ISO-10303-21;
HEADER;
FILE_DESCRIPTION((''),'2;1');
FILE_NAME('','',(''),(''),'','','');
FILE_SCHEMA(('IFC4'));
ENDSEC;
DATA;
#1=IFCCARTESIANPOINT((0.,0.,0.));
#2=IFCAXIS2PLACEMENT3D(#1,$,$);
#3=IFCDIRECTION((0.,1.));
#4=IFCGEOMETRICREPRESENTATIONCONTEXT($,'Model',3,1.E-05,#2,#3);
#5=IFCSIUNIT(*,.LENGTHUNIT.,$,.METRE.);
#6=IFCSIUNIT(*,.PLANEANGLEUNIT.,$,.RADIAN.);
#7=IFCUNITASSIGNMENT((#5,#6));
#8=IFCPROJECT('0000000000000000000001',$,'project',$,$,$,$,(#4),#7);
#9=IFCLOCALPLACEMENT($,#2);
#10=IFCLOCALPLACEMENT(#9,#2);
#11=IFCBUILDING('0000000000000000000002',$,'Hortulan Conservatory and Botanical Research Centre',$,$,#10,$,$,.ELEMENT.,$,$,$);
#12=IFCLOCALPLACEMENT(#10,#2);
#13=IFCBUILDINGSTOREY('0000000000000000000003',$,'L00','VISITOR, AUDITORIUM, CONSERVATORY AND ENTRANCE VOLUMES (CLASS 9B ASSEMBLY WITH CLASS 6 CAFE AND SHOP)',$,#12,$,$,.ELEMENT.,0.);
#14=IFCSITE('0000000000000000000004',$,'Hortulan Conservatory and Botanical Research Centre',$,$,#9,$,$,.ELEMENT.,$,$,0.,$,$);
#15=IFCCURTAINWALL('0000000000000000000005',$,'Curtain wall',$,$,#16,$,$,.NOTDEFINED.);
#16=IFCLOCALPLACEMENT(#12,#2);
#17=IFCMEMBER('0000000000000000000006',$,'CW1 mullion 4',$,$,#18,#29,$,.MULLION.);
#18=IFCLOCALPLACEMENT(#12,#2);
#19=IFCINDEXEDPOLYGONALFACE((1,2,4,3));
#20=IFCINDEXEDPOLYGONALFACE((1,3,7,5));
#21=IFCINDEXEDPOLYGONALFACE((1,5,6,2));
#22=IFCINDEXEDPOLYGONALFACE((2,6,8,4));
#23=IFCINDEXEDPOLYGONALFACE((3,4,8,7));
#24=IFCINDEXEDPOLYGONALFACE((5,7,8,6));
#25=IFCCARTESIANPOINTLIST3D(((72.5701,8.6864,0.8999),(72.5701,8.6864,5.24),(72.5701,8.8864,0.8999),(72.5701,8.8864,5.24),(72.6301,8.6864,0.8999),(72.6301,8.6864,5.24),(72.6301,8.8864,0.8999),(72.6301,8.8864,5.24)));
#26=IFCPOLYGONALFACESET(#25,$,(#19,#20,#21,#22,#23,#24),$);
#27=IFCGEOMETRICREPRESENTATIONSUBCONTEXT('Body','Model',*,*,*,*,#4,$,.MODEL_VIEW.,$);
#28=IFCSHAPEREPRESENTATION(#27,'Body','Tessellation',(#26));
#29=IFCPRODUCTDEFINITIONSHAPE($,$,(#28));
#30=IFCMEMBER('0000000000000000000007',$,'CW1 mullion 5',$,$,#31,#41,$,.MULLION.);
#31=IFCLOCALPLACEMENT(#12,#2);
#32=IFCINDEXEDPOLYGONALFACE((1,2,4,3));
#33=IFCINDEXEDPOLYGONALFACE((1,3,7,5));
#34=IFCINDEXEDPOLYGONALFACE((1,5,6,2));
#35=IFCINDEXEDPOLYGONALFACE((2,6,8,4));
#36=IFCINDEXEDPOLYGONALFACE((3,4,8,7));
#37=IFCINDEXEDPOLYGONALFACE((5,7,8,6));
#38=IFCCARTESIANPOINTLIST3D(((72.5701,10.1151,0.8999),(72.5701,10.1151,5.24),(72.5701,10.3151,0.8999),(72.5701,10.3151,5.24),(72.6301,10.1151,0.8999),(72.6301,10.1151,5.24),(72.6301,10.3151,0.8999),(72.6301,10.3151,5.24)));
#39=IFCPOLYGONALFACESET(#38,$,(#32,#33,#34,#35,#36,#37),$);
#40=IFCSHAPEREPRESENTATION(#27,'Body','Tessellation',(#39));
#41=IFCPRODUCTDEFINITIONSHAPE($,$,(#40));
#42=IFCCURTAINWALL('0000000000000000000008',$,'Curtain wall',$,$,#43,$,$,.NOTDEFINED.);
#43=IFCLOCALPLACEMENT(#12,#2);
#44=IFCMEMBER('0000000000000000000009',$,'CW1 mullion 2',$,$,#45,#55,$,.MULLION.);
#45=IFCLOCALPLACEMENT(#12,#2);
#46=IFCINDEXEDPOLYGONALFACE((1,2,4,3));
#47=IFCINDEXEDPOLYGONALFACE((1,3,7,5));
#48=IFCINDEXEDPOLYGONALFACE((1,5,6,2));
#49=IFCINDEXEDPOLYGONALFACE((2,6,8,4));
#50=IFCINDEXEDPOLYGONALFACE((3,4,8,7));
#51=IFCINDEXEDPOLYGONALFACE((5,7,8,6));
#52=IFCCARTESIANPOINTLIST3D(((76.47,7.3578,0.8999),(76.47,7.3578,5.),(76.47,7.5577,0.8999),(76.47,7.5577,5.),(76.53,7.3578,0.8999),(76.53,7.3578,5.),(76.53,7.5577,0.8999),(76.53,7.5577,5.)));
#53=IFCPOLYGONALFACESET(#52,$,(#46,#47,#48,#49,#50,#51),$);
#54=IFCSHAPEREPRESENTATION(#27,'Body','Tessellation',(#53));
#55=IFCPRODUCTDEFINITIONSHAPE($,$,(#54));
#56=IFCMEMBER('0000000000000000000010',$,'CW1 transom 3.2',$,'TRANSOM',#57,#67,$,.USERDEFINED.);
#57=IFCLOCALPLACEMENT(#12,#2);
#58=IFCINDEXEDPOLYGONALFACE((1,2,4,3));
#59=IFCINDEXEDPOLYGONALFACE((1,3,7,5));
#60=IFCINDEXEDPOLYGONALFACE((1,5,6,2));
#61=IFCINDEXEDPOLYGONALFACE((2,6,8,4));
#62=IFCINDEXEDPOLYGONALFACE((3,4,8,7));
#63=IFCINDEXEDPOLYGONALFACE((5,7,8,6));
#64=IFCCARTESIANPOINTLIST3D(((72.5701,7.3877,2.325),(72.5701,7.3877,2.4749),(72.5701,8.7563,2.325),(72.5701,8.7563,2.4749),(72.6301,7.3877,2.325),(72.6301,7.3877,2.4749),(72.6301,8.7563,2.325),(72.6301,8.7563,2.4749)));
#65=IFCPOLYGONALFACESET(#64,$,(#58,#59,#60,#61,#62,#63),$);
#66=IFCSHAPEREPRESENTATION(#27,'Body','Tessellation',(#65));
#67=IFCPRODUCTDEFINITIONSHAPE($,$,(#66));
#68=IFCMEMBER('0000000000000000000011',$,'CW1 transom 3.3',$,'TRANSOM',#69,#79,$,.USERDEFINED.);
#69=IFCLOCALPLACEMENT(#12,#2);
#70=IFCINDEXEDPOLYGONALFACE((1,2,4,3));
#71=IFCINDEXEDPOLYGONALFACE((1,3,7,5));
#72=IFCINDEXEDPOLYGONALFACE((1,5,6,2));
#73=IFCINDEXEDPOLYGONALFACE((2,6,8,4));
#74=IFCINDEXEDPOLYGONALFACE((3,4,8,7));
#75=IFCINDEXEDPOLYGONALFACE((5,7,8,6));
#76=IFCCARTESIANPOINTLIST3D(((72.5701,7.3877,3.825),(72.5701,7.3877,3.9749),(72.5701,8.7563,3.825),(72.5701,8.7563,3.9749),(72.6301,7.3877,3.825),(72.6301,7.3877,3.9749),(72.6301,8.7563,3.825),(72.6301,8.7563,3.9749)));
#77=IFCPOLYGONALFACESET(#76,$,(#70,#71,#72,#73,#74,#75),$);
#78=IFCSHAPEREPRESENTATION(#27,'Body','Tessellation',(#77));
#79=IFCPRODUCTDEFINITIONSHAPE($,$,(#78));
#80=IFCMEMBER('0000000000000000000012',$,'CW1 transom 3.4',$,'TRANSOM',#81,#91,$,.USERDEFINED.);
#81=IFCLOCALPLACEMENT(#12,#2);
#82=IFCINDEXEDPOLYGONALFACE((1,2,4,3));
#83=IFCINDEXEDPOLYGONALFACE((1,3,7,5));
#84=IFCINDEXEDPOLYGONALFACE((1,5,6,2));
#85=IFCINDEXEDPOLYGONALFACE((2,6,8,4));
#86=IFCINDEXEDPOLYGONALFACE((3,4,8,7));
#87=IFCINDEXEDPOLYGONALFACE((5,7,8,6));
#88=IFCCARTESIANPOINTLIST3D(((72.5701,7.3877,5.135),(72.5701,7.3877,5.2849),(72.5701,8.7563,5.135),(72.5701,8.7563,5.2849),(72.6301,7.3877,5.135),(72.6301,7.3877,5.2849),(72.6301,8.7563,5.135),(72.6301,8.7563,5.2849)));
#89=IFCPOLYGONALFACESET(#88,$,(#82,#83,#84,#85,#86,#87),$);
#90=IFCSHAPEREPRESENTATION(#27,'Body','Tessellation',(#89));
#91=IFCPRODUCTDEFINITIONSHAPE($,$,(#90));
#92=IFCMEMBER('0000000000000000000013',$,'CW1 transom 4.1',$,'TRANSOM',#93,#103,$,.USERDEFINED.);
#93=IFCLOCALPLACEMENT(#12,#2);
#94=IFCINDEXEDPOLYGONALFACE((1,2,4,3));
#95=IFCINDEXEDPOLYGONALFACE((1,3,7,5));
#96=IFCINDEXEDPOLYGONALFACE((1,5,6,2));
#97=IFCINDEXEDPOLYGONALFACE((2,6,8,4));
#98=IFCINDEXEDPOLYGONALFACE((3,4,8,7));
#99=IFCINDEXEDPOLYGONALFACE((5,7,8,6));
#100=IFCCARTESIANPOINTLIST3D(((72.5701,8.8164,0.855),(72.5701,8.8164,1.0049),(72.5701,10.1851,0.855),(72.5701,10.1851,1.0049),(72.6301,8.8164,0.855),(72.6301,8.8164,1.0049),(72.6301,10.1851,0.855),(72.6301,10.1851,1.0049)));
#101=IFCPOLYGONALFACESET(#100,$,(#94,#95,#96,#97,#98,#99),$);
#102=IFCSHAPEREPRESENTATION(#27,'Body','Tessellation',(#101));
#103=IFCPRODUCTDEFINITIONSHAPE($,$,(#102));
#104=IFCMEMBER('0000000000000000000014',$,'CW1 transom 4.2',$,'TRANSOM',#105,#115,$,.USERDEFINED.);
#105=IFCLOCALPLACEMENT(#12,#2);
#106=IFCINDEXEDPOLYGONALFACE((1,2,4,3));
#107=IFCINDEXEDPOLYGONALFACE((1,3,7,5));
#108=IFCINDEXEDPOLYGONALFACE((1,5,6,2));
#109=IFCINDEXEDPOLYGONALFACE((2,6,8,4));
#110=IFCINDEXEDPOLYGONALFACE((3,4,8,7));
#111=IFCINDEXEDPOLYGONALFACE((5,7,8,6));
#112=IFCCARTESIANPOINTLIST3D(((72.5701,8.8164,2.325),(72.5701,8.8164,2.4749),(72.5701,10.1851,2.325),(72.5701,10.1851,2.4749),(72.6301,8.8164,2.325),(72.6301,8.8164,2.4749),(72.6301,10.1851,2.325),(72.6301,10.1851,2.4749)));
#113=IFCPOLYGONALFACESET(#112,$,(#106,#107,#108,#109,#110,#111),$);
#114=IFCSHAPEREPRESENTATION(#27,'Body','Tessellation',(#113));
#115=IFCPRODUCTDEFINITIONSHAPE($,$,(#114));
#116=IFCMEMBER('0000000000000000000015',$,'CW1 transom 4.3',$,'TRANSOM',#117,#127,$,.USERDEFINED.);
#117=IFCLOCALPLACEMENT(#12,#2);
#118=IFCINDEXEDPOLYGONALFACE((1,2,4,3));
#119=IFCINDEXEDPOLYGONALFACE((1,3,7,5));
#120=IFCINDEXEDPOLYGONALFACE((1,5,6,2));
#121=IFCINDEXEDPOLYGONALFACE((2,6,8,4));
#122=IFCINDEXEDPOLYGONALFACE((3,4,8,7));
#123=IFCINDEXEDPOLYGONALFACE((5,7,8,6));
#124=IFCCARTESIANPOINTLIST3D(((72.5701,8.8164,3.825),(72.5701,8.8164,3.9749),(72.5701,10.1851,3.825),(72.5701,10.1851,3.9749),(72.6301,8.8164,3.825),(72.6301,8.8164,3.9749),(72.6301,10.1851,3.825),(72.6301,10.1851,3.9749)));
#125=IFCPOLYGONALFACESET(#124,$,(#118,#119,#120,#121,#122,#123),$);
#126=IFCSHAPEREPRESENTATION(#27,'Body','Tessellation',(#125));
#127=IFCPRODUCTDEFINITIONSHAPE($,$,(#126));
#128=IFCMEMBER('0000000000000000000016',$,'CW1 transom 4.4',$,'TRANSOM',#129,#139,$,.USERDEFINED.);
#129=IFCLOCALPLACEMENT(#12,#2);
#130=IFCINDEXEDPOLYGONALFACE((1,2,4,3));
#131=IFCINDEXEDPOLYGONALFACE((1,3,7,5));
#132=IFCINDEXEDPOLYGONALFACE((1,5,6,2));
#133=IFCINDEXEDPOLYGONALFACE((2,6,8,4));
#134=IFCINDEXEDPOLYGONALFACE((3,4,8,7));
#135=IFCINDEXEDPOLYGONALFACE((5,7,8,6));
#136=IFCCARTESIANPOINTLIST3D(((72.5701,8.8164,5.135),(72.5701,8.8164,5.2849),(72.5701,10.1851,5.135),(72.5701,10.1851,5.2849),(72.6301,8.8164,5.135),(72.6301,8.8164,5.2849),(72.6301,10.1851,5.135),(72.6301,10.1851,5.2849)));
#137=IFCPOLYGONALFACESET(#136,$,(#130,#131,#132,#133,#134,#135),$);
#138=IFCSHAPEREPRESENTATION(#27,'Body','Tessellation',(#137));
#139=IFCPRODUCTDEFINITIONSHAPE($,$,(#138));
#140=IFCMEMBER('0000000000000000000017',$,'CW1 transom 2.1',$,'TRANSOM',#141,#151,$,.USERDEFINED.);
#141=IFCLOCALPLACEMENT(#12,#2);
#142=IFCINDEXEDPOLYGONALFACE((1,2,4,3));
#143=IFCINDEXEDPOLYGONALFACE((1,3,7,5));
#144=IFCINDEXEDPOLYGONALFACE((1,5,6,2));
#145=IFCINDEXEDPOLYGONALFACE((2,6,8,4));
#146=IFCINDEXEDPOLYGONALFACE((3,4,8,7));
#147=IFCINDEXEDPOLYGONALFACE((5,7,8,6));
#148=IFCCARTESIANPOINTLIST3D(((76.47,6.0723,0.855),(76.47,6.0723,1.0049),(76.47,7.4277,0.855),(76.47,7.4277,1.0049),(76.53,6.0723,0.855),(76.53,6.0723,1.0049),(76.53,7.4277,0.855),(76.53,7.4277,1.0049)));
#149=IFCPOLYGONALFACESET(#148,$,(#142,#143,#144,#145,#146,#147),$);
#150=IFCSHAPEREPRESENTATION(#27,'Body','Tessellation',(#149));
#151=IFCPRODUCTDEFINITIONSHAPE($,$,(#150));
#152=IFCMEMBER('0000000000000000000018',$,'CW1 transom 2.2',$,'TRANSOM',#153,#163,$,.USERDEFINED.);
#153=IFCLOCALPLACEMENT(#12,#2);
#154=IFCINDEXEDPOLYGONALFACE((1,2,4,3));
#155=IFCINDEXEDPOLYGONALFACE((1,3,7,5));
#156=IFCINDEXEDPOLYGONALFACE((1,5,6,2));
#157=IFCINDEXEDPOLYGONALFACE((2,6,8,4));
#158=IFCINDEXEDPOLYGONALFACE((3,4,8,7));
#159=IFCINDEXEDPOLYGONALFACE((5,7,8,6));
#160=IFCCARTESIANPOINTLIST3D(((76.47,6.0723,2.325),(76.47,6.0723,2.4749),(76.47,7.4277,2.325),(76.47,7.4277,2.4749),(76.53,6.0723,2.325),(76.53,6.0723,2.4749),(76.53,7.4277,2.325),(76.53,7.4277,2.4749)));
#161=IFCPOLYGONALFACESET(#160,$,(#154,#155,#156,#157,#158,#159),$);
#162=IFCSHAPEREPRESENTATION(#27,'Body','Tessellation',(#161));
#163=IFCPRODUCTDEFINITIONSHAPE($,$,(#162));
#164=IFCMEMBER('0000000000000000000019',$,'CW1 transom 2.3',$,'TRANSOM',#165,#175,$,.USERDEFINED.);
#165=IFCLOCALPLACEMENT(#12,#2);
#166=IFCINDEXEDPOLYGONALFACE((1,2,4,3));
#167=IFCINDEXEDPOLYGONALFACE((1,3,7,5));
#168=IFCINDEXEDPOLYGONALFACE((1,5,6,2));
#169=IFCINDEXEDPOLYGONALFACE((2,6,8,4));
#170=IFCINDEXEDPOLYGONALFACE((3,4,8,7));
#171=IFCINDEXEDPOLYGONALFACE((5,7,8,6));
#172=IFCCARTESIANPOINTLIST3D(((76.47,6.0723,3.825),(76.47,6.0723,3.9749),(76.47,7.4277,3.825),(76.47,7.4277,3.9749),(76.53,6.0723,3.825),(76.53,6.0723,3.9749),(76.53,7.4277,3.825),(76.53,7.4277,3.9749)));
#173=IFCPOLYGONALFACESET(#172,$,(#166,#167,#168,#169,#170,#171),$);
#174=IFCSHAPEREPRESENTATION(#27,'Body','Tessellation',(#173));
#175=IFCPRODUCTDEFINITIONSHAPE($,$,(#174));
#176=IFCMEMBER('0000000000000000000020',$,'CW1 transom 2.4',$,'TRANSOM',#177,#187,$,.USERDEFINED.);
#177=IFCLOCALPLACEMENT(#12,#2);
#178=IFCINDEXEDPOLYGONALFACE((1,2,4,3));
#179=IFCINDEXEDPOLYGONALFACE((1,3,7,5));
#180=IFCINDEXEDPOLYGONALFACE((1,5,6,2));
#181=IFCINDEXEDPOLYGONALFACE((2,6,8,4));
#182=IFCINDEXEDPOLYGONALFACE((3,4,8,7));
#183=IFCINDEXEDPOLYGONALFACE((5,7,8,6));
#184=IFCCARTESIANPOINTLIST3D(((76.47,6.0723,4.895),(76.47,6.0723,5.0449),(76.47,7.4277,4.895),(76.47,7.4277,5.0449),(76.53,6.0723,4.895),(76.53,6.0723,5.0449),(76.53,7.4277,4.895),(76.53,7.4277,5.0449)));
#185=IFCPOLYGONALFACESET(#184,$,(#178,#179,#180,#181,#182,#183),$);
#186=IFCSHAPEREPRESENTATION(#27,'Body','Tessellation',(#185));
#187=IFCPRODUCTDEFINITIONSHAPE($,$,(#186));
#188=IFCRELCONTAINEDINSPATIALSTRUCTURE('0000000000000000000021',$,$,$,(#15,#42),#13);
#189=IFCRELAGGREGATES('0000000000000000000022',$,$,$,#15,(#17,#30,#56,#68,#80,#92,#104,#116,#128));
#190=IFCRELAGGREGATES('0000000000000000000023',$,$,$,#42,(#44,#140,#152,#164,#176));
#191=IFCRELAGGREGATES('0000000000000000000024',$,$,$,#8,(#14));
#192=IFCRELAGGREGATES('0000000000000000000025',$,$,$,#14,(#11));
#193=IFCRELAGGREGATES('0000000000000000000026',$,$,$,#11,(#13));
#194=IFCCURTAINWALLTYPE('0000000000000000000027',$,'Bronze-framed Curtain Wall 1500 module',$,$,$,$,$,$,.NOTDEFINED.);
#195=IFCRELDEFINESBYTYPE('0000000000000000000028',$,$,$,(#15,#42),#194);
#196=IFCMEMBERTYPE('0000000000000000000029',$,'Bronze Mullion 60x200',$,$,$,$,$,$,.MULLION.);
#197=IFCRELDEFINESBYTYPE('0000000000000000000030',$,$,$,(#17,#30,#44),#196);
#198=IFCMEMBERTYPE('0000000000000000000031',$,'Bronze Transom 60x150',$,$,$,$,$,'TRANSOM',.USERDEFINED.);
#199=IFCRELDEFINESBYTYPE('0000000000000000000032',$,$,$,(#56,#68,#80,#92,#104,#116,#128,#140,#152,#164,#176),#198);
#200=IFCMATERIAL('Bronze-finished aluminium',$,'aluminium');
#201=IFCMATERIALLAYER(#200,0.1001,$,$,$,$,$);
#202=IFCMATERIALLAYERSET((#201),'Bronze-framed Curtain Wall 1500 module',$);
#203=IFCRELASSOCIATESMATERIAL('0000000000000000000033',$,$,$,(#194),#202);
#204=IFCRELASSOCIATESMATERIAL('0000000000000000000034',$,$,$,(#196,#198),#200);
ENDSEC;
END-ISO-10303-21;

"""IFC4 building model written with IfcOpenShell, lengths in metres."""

from ifc_helpers import new_model, si_unit, direction, frame, origin, origin_2d, place, context, subcontext, project, spatial, rectangle, extrude, material, layer, layer_set, material_profile, profile_set, type_object, element, aggregate, save


model = new_model("IFC4")

# Units and contexts
model_context = context("Model", 3, precision=1e-05, world=origin(), true_north=direction((0.0, 1.0)))
body_context = subcontext(model_context, "Body", "Model", "MODEL_VIEW")
ifc_project = project(units=[si_unit("LENGTHUNIT", "METRE"), si_unit("PLANEANGLEUNIT", "RADIAN")], contexts=[model_context])

# Site, building, storey
site_placement = place(None, origin())
site = spatial("IfcSite", under=ifc_project, at=site_placement, Name="Hortulan Conservatory and Botanical Research Centre", CompositionType="ELEMENT", RefElevation=0.0)
building_placement = place(site_placement, origin())
building = spatial("IfcBuilding", under=site, at=building_placement, Name="Hortulan Conservatory and Botanical Research Centre", CompositionType="ELEMENT")
storey_placement = place(building_placement, origin())
storey = spatial("IfcBuildingStorey", under=building, at=storey_placement, Name="L00", Description="VISITOR, AUDITORIUM, CONSERVATORY AND ENTRANCE VOLUMES (CLASS 9B ASSEMBLY WITH CLASS 6 CAFE AND SHOP)", CompositionType="ELEMENT", Elevation=0.0)

# Curtain wall, members
ifc_material_1 = material(Name="Bronze-finished aluminium", Category="aluminium")
ifc_layer_1 = layer(ifc_material_1, 0.1001)
ifc_layer_set_1 = layer_set([ifc_layer_1], Name="Bronze-framed Curtain Wall 1500 module")
curtain_wall_type = type_object("IfcCurtainWallType", Name="Bronze-framed Curtain Wall 1500 module", PredefinedType="NOTDEFINED", material=ifc_layer_set_1)
curtain_wall_1_placement = place(storey_placement, origin())
curtain_wall_1 = element("IfcCurtainWall", 1, at=curtain_wall_1_placement, inside=storey, type_object=curtain_wall_type, Name="Curtain wall", PredefinedType="NOTDEFINED")
ifc_material_profile_1 = material_profile(ifc_material_1, rectangle(XDim=0.0601, YDim=0.2, at=origin_2d()), Name="Bronze Mullion 60x200")
ifc_profile_set_1 = profile_set([ifc_material_profile_1], Name="Bronze-finished aluminium")
member_type_1 = type_object("IfcMemberType", Name="Bronze Mullion 60x200", PredefinedType="MULLION", material=ifc_profile_set_1)
member_1_placement = place(storey_placement, frame((72.6001, 8.7864, 0.8999), z_axis=(0.0, 0.0, 1.0), x_axis=(-1.0, 0.0, 0.0)))
member_1 = element("IfcMember", 2, at=member_1_placement, type_object=member_type_1, Name="CW1 mullion 4", PredefinedType="MULLION", context=body_context, shape_type="SweptSolid", body=[
    extrude(rectangle(XDim=0.0601, YDim=0.2, at=origin_2d()), origin(), (0.0, 0.0, 1.0), 4.3401),
])
member_2_placement = place(storey_placement, frame((72.6001, 10.2151, 0.8999), z_axis=(0.0, 0.0, 1.0), x_axis=(-1.0, 0.0, 0.0)))
member_2 = element("IfcMember", 3, at=member_2_placement, type_object=member_type_1, Name="CW1 mullion 5", PredefinedType="MULLION", context=body_context, shape_type="SweptSolid", body=[
    extrude(rectangle(XDim=0.0601, YDim=0.2, at=origin_2d()), origin(), (0.0, 0.0, 1.0), 4.3401),
])

# Curtain wall, member
curtain_wall_2_placement = place(storey_placement, origin())
curtain_wall_2 = element("IfcCurtainWall", 4, at=curtain_wall_2_placement, inside=storey, type_object=curtain_wall_type, Name="Curtain wall", PredefinedType="NOTDEFINED")
member_3_placement = place(storey_placement, frame((76.5, 7.4578, 0.8999), z_axis=(0.0, 0.0, 1.0), x_axis=(1.0, 0.0, 0.0)))
member_3 = element("IfcMember", 5, at=member_3_placement, type_object=member_type_1, Name="CW1 mullion 2", PredefinedType="MULLION", context=body_context, shape_type="SweptSolid", body=[
    extrude(rectangle(XDim=0.0601, YDim=0.2, at=origin_2d()), origin(), (0.0, 0.0, 1.0), 4.1001),
])

# Members
ifc_material_profile_2 = material_profile(ifc_material_1, rectangle(XDim=0.0601, YDim=0.1499, at=origin_2d()), Name="Bronze Transom 60x150")
ifc_profile_set_2 = profile_set([ifc_material_profile_2], Name="Bronze-finished aluminium")
member_type_2 = type_object("IfcMemberType", Name="Bronze Transom 60x150", ElementType="TRANSOM", PredefinedType="USERDEFINED", material=ifc_profile_set_2)
member_4_placement = place(storey_placement, frame((72.6001, 7.3877, 2.3999), z_axis=(0.0, 1.0, 0.0), x_axis=(-1.0, 0.0, 0.0)))
member_4 = element("IfcMember", 6, at=member_4_placement, type_object=member_type_2, Name="CW1 transom 3.2", ObjectType="TRANSOM", PredefinedType="USERDEFINED", context=body_context, shape_type="SweptSolid", body=[
    extrude(rectangle(XDim=0.0601, YDim=0.1499, at=origin_2d()), origin(), (0.0, 0.0, 1.0), 1.3687),
])
member_5_placement = place(storey_placement, frame((72.6001, 7.3877, 3.8999), z_axis=(0.0, 1.0, 0.0), x_axis=(-1.0, 0.0, 0.0)))
member_5 = element("IfcMember", 7, at=member_5_placement, type_object=member_type_2, Name="CW1 transom 3.3", ObjectType="TRANSOM", PredefinedType="USERDEFINED", context=body_context, shape_type="SweptSolid", body=[
    extrude(rectangle(XDim=0.0601, YDim=0.1499, at=origin_2d()), origin(), (0.0, 0.0, 1.0), 1.3687),
])
member_6_placement = place(storey_placement, frame((72.6001, 7.3877, 5.21), z_axis=(0.0, 1.0, 0.0), x_axis=(-1.0, 0.0, 0.0)))
member_6 = element("IfcMember", 8, at=member_6_placement, type_object=member_type_2, Name="CW1 transom 3.4", ObjectType="TRANSOM", PredefinedType="USERDEFINED", context=body_context, shape_type="SweptSolid", body=[
    extrude(rectangle(XDim=0.0601, YDim=0.1499, at=origin_2d()), origin(), (0.0, 0.0, 1.0), 1.3687),
])
member_7_placement = place(storey_placement, frame((72.6001, 8.8164, 0.9299), z_axis=(0.0, 1.0, 0.0), x_axis=(-1.0, 0.0, 0.0)))
member_7 = element("IfcMember", 9, at=member_7_placement, type_object=member_type_2, Name="CW1 transom 4.1", ObjectType="TRANSOM", PredefinedType="USERDEFINED", context=body_context, shape_type="SweptSolid", body=[
    extrude(rectangle(XDim=0.0601, YDim=0.1499, at=origin_2d()), origin(), (0.0, 0.0, 1.0), 1.3687),
])
member_8_placement = place(storey_placement, frame((72.6001, 8.8164, 2.3999), z_axis=(0.0, 1.0, 0.0), x_axis=(-1.0, 0.0, 0.0)))
member_8 = element("IfcMember", 10, at=member_8_placement, type_object=member_type_2, Name="CW1 transom 4.2", ObjectType="TRANSOM", PredefinedType="USERDEFINED", context=body_context, shape_type="SweptSolid", body=[
    extrude(rectangle(XDim=0.0601, YDim=0.1499, at=origin_2d()), origin(), (0.0, 0.0, 1.0), 1.3687),
])
member_9_placement = place(storey_placement, frame((72.6001, 8.8164, 3.8999), z_axis=(0.0, 1.0, 0.0), x_axis=(-1.0, 0.0, 0.0)))
member_9 = element("IfcMember", 11, at=member_9_placement, type_object=member_type_2, Name="CW1 transom 4.3", ObjectType="TRANSOM", PredefinedType="USERDEFINED", context=body_context, shape_type="SweptSolid", body=[
    extrude(rectangle(XDim=0.0601, YDim=0.1499, at=origin_2d()), origin(), (0.0, 0.0, 1.0), 1.3687),
])
member_10_placement = place(storey_placement, frame((72.6001, 8.8164, 5.21), z_axis=(0.0, 1.0, 0.0), x_axis=(-1.0, 0.0, 0.0)))
member_10 = element("IfcMember", 12, at=member_10_placement, type_object=member_type_2, Name="CW1 transom 4.4", ObjectType="TRANSOM", PredefinedType="USERDEFINED", context=body_context, shape_type="SweptSolid", body=[
    extrude(rectangle(XDim=0.0601, YDim=0.1499, at=origin_2d()), origin(), (0.0, 0.0, 1.0), 1.3687),
])
member_11_placement = place(storey_placement, frame((76.5, 7.4277, 0.9299), z_axis=(0.0, -1.0, 0.0), x_axis=(1.0, 0.0, 0.0)))
member_11 = element("IfcMember", 13, at=member_11_placement, type_object=member_type_2, Name="CW1 transom 2.1", ObjectType="TRANSOM", PredefinedType="USERDEFINED", context=body_context, shape_type="SweptSolid", body=[
    extrude(rectangle(XDim=0.0601, YDim=0.1499, at=origin_2d()), origin(), (0.0, 0.0, 1.0), 1.3555),
])
member_12_placement = place(storey_placement, frame((76.5, 7.4277, 2.3999), z_axis=(0.0, -1.0, 0.0), x_axis=(1.0, 0.0, 0.0)))
member_12 = element("IfcMember", 14, at=member_12_placement, type_object=member_type_2, Name="CW1 transom 2.2", ObjectType="TRANSOM", PredefinedType="USERDEFINED", context=body_context, shape_type="SweptSolid", body=[
    extrude(rectangle(XDim=0.0601, YDim=0.1499, at=origin_2d()), origin(), (0.0, 0.0, 1.0), 1.3555),
])
member_13_placement = place(storey_placement, frame((76.5, 7.4277, 3.8999), z_axis=(0.0, -1.0, 0.0), x_axis=(1.0, 0.0, 0.0)))
member_13 = element("IfcMember", 15, at=member_13_placement, type_object=member_type_2, Name="CW1 transom 2.3", ObjectType="TRANSOM", PredefinedType="USERDEFINED", context=body_context, shape_type="SweptSolid", body=[
    extrude(rectangle(XDim=0.0601, YDim=0.1499, at=origin_2d()), origin(), (0.0, 0.0, 1.0), 1.3555),
])
member_14_placement = place(storey_placement, frame((76.5, 7.4277, 4.97), z_axis=(0.0, -1.0, 0.0), x_axis=(1.0, 0.0, 0.0)))
member_14 = element("IfcMember", 16, at=member_14_placement, type_object=member_type_2, Name="CW1 transom 2.4", ObjectType="TRANSOM", PredefinedType="USERDEFINED", context=body_context, shape_type="SweptSolid", body=[
    extrude(rectangle(XDim=0.0601, YDim=0.1499, at=origin_2d()), origin(), (0.0, 0.0, 1.0), 1.3555),
])

aggregate(curtain_wall_1, [member_1, member_2, member_4, member_5, member_6, member_7, member_8, member_9, member_10])
aggregate(curtain_wall_2, [member_3, member_11, member_12, member_13, member_14])

save(model, "model.ifc")
